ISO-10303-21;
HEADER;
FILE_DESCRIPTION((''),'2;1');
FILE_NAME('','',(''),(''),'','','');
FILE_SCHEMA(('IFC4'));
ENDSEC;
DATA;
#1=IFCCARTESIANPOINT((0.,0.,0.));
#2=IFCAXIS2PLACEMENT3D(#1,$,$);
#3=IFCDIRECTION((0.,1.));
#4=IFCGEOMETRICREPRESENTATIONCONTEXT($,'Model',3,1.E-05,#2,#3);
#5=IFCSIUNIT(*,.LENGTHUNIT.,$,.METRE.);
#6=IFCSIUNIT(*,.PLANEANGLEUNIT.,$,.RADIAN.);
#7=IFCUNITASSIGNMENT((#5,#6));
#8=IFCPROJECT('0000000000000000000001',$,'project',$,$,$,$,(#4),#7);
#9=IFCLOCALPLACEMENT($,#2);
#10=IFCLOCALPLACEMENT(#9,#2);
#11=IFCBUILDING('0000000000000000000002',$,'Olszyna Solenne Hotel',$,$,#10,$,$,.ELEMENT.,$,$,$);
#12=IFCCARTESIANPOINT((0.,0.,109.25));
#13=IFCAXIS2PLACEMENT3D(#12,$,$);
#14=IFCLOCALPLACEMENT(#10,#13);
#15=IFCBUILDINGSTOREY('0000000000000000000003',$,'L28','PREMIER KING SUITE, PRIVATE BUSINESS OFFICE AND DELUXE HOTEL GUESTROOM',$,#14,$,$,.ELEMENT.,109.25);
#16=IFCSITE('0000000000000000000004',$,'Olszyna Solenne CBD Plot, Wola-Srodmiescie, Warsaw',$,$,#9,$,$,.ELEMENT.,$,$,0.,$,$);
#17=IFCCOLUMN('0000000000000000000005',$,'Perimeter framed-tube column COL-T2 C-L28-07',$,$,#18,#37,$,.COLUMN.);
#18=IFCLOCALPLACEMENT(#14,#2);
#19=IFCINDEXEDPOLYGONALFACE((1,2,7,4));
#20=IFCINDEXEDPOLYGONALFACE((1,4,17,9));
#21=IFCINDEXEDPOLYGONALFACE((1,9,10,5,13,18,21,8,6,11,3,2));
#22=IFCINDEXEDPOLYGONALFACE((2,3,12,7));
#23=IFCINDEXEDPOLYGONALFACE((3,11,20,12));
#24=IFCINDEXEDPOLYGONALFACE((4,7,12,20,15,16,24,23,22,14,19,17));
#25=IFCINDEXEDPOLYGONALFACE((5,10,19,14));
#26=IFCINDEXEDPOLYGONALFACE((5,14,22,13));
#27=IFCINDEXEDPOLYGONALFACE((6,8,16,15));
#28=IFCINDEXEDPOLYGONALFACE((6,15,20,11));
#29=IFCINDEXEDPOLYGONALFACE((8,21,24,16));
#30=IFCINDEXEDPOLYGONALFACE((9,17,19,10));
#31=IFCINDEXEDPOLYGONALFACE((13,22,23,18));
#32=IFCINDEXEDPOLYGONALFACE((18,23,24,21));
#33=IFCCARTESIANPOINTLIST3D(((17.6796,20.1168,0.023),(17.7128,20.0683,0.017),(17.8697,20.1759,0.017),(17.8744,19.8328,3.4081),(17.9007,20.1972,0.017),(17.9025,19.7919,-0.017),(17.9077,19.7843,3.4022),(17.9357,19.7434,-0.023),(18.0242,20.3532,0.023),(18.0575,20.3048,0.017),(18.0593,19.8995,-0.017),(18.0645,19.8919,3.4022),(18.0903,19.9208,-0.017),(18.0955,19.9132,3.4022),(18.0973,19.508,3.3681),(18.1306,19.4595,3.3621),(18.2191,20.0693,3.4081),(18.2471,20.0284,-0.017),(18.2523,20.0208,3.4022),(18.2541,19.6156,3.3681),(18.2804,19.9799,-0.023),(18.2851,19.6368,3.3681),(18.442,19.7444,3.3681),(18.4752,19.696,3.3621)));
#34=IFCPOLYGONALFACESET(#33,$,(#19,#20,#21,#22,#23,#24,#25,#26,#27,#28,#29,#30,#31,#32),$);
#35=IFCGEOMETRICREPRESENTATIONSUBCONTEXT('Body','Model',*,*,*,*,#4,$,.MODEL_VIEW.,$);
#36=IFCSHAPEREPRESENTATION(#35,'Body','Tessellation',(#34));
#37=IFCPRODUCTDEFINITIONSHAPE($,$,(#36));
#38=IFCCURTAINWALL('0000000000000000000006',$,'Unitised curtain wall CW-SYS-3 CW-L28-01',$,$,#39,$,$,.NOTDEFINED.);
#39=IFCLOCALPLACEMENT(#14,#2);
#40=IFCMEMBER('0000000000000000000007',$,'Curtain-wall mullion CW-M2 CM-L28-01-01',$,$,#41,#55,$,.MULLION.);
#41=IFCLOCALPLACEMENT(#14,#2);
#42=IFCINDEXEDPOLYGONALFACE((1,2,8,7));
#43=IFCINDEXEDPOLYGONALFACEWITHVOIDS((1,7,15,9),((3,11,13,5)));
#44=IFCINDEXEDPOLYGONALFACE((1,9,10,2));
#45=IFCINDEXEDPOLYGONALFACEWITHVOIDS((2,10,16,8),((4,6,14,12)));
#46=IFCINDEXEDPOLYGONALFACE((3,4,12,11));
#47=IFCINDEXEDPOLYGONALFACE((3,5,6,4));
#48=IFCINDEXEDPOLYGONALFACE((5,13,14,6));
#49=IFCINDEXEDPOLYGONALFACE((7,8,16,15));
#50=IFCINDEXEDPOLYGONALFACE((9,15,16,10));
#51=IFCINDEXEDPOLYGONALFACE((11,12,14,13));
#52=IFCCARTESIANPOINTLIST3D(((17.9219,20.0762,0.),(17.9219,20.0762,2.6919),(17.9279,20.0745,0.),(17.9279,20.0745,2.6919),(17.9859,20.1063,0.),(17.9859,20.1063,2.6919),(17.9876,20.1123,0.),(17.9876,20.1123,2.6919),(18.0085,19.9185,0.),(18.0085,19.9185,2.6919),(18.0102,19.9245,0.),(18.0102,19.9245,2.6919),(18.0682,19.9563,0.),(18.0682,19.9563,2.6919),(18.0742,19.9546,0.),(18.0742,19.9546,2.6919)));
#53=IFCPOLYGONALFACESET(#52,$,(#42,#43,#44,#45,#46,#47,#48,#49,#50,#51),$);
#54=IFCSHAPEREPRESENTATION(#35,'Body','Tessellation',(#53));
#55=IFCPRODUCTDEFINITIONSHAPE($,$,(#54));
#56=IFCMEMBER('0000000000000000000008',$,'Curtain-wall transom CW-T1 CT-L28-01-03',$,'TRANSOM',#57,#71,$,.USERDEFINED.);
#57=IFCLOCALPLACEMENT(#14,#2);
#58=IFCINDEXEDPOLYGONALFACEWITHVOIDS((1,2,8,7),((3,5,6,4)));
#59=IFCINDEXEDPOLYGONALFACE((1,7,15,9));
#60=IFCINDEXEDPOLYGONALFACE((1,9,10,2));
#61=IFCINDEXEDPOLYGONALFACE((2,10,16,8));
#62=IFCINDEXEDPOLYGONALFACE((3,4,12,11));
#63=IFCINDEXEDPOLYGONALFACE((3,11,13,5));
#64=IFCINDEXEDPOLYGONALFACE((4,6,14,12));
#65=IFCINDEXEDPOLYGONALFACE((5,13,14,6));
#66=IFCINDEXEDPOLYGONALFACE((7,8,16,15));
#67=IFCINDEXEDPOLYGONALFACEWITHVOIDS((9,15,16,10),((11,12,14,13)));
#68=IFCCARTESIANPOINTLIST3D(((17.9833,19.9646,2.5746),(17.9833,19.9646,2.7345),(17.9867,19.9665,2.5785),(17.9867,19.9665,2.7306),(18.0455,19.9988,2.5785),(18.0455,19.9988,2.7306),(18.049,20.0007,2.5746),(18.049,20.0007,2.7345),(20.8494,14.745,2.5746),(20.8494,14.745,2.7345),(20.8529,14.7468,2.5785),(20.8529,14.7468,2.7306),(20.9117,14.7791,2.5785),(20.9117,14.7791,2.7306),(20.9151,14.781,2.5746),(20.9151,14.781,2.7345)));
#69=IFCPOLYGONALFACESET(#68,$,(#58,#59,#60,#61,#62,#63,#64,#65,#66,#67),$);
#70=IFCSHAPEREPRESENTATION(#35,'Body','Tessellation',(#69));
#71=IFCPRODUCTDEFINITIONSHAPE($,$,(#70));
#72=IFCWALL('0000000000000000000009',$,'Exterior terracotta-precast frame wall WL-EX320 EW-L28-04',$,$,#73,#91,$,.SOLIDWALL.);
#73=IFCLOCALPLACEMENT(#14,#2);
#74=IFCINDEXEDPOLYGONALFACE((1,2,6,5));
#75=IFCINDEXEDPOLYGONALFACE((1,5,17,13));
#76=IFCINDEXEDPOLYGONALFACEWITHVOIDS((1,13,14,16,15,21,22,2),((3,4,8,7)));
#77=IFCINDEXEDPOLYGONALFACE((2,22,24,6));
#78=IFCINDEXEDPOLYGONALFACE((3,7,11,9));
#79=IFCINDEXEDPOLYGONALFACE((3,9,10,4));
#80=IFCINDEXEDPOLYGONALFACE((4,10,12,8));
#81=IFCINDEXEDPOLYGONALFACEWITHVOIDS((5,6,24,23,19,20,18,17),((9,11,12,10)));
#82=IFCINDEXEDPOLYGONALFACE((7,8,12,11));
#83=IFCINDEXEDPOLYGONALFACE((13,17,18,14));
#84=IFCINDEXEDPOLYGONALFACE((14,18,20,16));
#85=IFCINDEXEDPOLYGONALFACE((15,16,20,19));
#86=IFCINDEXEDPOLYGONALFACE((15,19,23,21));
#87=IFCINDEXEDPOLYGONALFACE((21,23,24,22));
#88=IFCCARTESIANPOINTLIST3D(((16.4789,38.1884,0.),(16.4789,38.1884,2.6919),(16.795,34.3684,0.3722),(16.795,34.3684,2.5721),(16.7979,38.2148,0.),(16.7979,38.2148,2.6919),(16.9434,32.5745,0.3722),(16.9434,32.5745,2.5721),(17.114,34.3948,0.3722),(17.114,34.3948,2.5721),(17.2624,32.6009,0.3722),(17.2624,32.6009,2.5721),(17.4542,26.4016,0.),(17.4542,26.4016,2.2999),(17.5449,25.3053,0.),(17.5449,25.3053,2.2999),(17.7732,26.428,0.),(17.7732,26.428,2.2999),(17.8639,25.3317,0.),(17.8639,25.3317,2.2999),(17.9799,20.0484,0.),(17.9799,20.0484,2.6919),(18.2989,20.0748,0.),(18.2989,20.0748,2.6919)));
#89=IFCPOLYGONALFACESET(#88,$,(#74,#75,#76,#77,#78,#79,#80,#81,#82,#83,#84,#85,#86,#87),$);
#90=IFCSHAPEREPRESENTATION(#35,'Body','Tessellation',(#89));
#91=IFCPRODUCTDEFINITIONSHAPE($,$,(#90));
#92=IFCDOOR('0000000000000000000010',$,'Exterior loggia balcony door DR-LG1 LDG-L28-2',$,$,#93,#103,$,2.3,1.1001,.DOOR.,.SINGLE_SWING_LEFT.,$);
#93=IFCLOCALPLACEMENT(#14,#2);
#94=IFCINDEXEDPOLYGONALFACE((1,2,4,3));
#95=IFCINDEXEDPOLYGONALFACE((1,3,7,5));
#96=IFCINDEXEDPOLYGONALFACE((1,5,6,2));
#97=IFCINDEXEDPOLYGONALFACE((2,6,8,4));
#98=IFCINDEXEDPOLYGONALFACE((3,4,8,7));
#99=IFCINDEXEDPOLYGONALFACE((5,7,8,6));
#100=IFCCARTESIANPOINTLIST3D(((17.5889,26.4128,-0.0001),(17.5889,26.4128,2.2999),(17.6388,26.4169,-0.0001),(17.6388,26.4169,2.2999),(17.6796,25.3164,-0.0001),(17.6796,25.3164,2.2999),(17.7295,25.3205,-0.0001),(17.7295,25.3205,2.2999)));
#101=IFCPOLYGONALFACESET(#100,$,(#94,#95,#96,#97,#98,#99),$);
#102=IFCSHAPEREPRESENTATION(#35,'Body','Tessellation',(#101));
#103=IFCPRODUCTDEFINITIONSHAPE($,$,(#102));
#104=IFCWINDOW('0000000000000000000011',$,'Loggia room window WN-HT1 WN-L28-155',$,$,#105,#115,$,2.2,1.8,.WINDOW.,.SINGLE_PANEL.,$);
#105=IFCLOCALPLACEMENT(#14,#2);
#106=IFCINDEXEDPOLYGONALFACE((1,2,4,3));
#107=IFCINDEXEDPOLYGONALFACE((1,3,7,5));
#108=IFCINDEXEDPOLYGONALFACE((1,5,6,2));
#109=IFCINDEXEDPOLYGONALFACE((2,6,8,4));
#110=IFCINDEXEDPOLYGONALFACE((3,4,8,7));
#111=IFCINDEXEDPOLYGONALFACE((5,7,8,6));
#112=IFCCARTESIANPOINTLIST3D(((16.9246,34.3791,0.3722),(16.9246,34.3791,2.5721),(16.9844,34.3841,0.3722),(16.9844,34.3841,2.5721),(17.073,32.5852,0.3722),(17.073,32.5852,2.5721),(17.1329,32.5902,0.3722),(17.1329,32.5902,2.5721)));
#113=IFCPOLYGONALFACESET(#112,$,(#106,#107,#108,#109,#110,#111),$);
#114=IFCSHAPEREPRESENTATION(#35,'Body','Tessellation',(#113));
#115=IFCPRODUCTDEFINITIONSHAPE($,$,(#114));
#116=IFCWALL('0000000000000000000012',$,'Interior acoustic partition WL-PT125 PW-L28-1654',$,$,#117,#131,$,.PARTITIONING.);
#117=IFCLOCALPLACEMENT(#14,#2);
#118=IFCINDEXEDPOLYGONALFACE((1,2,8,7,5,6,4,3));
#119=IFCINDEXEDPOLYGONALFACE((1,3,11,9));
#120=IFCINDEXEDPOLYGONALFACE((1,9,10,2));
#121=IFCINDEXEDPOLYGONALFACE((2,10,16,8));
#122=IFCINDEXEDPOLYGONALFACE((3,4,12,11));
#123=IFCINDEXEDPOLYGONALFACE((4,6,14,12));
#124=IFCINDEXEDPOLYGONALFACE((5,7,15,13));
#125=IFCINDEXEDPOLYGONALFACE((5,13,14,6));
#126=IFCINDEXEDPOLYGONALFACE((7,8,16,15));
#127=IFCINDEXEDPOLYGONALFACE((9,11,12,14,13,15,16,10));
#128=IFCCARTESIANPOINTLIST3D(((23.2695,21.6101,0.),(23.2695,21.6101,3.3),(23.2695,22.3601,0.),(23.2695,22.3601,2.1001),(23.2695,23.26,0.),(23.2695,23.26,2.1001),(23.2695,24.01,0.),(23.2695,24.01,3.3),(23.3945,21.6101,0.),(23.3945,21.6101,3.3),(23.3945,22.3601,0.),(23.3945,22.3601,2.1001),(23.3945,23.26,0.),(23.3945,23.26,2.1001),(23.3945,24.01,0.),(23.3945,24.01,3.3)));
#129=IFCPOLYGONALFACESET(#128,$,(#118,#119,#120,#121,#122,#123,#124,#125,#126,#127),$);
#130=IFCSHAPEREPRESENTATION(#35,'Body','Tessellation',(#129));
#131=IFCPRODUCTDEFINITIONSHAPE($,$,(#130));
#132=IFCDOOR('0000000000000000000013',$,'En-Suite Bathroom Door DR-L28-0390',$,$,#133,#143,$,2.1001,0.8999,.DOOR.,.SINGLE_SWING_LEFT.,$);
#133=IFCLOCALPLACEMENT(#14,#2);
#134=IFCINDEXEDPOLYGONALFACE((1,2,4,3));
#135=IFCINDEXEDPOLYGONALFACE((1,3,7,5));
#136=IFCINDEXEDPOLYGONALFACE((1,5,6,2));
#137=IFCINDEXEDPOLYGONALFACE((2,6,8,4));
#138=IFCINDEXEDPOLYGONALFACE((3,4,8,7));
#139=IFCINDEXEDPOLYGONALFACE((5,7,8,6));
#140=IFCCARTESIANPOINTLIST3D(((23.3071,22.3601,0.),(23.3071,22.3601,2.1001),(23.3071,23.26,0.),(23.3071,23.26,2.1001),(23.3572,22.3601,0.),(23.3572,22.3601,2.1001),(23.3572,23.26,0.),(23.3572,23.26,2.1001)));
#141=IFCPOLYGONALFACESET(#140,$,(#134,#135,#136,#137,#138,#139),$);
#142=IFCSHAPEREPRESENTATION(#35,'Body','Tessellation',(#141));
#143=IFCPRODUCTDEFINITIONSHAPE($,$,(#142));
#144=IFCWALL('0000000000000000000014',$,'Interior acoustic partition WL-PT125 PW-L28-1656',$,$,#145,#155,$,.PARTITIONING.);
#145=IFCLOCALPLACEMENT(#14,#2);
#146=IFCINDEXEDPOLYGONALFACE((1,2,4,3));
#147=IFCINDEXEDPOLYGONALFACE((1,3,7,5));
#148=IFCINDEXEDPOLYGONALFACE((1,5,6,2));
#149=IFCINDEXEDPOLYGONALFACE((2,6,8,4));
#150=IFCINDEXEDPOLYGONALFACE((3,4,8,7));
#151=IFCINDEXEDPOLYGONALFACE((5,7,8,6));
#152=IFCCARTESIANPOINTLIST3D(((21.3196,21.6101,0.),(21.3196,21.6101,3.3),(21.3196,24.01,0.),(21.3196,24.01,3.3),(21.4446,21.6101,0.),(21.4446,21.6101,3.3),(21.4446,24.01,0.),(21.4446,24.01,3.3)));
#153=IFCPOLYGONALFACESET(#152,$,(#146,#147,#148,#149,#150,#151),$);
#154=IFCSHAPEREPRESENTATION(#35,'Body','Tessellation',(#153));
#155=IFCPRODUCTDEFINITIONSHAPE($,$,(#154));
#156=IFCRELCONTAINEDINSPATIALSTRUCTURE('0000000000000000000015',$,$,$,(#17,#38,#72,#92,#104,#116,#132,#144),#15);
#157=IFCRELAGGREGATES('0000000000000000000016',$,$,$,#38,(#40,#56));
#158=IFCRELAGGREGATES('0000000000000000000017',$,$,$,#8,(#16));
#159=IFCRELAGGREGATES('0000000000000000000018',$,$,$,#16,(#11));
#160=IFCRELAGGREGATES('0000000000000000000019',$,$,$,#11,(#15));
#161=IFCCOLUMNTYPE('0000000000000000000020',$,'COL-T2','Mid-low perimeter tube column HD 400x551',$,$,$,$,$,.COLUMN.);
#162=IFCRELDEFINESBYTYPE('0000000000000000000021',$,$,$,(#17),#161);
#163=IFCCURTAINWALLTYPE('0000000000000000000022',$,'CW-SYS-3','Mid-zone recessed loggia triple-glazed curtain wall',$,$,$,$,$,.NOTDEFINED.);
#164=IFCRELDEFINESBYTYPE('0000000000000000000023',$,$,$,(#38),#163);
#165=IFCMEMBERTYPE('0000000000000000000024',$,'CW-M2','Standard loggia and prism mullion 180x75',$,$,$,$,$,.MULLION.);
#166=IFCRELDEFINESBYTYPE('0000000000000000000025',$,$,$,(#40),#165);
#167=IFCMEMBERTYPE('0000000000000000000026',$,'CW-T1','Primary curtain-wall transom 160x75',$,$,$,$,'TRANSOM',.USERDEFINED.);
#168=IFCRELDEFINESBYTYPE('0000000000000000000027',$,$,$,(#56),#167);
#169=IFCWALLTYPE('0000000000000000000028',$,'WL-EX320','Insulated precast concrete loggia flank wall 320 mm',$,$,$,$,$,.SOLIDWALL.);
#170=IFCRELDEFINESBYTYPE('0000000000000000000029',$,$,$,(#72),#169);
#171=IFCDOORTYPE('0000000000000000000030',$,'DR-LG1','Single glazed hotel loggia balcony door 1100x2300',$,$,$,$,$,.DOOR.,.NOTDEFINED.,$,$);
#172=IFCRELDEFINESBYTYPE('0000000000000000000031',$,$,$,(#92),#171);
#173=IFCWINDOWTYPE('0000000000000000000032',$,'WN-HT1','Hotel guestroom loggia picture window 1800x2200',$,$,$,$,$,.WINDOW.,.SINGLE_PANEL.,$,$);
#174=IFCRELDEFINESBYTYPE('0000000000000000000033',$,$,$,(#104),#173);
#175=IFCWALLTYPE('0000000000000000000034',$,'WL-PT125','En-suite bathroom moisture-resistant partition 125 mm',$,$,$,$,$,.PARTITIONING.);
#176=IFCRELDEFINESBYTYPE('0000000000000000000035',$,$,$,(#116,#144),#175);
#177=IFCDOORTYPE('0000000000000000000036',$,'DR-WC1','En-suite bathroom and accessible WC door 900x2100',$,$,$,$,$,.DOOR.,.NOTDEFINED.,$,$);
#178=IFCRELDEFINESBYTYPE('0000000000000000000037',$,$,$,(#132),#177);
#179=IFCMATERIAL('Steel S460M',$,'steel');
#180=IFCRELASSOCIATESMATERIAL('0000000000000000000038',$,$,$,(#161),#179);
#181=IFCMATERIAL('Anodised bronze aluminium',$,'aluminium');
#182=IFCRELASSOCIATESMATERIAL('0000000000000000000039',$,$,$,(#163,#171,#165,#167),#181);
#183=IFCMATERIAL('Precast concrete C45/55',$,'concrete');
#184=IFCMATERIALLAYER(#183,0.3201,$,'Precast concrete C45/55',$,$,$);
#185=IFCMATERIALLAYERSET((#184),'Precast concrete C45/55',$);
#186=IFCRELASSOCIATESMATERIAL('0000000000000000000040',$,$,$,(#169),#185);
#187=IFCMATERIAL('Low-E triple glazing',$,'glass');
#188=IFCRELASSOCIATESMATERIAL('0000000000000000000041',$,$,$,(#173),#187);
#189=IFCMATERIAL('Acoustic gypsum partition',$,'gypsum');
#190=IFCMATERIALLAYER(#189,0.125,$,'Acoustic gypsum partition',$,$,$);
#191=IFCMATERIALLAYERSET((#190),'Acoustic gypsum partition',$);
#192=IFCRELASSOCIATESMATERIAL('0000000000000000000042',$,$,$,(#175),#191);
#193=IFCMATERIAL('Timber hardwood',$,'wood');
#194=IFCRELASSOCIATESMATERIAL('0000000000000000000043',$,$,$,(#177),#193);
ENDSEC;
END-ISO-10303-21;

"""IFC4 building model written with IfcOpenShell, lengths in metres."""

from ifc_helpers import new_model, si_unit, direction, frame, frame_2d, origin, origin_2d, place, context, subcontext, project, spatial, rectangle, hollow_rectangle, i_section, extrude, source, transform, mapped, material, layer, layer_set, material_profile, profile_set, type_object, type_shapes, element, fill, aggregate, save


model = new_model("IFC4")

# Units and contexts
model_context = context("Model", 3, precision=1e-05, world=origin(), true_north=direction((0.0, 1.0)))
body_context = subcontext(model_context, "Body", "Model", "MODEL_VIEW")
ifc_project = project(units=[si_unit("LENGTHUNIT", "METRE"), si_unit("PLANEANGLEUNIT", "RADIAN")], contexts=[model_context])

# Site, building, storey
site_placement = place(None, origin())
site = spatial("IfcSite", under=ifc_project, at=site_placement, Name="Olszyna Solenne CBD Plot, Wola-Srodmiescie, Warsaw", CompositionType="ELEMENT", RefElevation=0.0)
building_placement = place(site_placement, origin())
building = spatial("IfcBuilding", under=site, at=building_placement, Name="Olszyna Solenne Hotel", CompositionType="ELEMENT")
storey_placement = place(building_placement, frame((0.0, 0.0, 109.25)))
storey = spatial("IfcBuildingStorey", under=building, at=storey_placement, Name="L28", Description="PREMIER KING SUITE, PRIVATE BUSINESS OFFICE AND DELUXE HOTEL GUESTROOM", CompositionType="ELEMENT", Elevation=109.25)

# Column
ifc_material_1 = material(Name="Steel S460M", Category="steel")
ifc_material_profile_1 = material_profile(ifc_material_1, i_section(OverallWidth=0.418, OverallDepth=0.4551, WebThickness=0.0376, FlangeThickness=0.0591, at=origin_2d()), Name="HD 400x551", Category="load-bearing")
ifc_profile_set_1 = profile_set([ifc_material_profile_1], Name="Steel S460M")
column_type = type_object("IfcColumnType", Name="COL-T2", Description="Mid-low perimeter tube column HD 400x551", PredefinedType="COLUMN", material=ifc_profile_set_1)
shared_shape_1 = source(origin(), body_context, "Body", "SweptSolid", [
    extrude(i_section(OverallWidth=0.418, OverallDepth=0.4551, WebThickness=0.0376, FlangeThickness=0.0591, at=origin_2d()), origin(), (0.0, 0.0, 1.0), 3.4026),
])
column_placement = place(storey_placement, frame((17.98, 20.0483, 0.0), z_axis=(0.057259, -0.08345, 0.994866), x_axis=(0.824559, 0.565776, 0.0)))
element("IfcColumn", 1, at=column_placement, inside=storey, type_object=column_type, Name="Perimeter framed-tube column COL-T2 C-L28-07", PredefinedType="COLUMN", context=body_context, shape_type="MappedRepresentation", body=[
    mapped(shared_shape_1, transform((0.0, 0.0, 0.0), x_axis=(1.0, 0.0, 0.0), y_axis=(0.0, 1.0, 0.0), z_axis=(0.0, 0.0, 1.0), scale=1.0)),
])

# Curtain wall, members
ifc_material_2 = material(Name="Anodised bronze aluminium", Category="aluminium")
curtain_wall_type = type_object("IfcCurtainWallType", Name="CW-SYS-3", Description="Mid-zone recessed loggia triple-glazed curtain wall", PredefinedType="NOTDEFINED", material=ifc_material_2)
curtain_wall_placement = place(storey_placement, origin())
curtain_wall = element("IfcCurtainWall", 2, at=curtain_wall_placement, inside=storey, type_object=curtain_wall_type, Name="Unitised curtain wall CW-SYS-3 CW-L28-01", PredefinedType="NOTDEFINED")
ifc_material_profile_2 = material_profile(ifc_material_2, hollow_rectangle(XDim=0.075, YDim=0.1799, WallThickness=0.0044, at=origin_2d()), Name="MULL 180x75x4.5", Category="load-bearing")
ifc_profile_set_2 = profile_set([ifc_material_profile_2], Name="Anodised bronze aluminium")
member_type_1 = type_object("IfcMemberType", Name="CW-M2", Description="Standard loggia and prism mullion 180x75", PredefinedType="MULLION", material=ifc_profile_set_2)
shared_shape_2 = source(origin(), body_context, "Body", "SweptSolid", [
    extrude(hollow_rectangle(XDim=0.075, YDim=0.1799, WallThickness=0.0044, at=origin_2d()), origin(), (0.0, 0.0, 1.0), 2.6919),
])
member_1_placement = place(storey_placement, frame((17.998, 20.0154, 0.0), z_axis=(0.0, 0.0, 1.0), x_axis=(0.876535, 0.481338, 0.0)))
member_1 = element("IfcMember", 3, at=member_1_placement, type_object=member_type_1, Name="Curtain-wall mullion CW-M2 CM-L28-01-01", PredefinedType="MULLION", context=body_context, shape_type="MappedRepresentation", body=[
    mapped(shared_shape_2, transform((0.0, 0.0, 0.0), x_axis=(1.0, 0.0, 0.0), y_axis=(0.0, 1.0, 0.0), z_axis=(0.0, 0.0, 1.0), scale=1.0)),
])
ifc_material_profile_3 = material_profile(ifc_material_2, hollow_rectangle(XDim=0.075, YDim=0.1599, WallThickness=0.0039, at=origin_2d()), Name="TRAN 160x75x4", Category="load-bearing")
ifc_profile_set_3 = profile_set([ifc_material_profile_3], Name="Anodised bronze aluminium")
member_type_2 = type_object("IfcMemberType", Name="CW-T1", Description="Primary curtain-wall transom 160x75", ElementType="TRANSOM", PredefinedType="USERDEFINED", material=ifc_profile_set_3)
shared_shape_3 = source(origin(), body_context, "Body", "SweptSolid", [
    extrude(hollow_rectangle(XDim=0.075, YDim=0.1599, WallThickness=0.0039, at=origin_2d()), origin(), (0.0, 0.0, 1.0), 5.9548),
])
member_2_placement = place(storey_placement, frame((18.0161, 19.9827, 2.6545), z_axis=(0.481321, -0.876545, 0.0), x_axis=(0.876545, 0.481321, 0.0)))
member_2 = element("IfcMember", 4, at=member_2_placement, type_object=member_type_2, Name="Curtain-wall transom CW-T1 CT-L28-01-03", ObjectType="TRANSOM", PredefinedType="USERDEFINED", context=body_context, shape_type="MappedRepresentation", body=[
    mapped(shared_shape_3, transform((0.0, 0.0, 0.0), x_axis=(1.0, 0.0, 0.0), y_axis=(0.0, 1.0, 0.0), z_axis=(0.0, 0.0, 1.0), scale=1.0)),
])
aggregate(curtain_wall, [member_1, member_2])

# Wall, openings, door, window
ifc_material_3 = material(Name="Precast concrete C45/55", Category="concrete")
ifc_layer_1 = layer(ifc_material_3, 0.3201, Name="Precast concrete C45/55")
ifc_layer_set_1 = layer_set([ifc_layer_1], Name="Precast concrete C45/55")
wall_type_1 = type_object("IfcWallType", Name="WL-EX320", Description="Insulated precast concrete loggia flank wall 320 mm", PredefinedType="SOLIDWALL", material=ifc_layer_set_1)
wall_1_placement = place(storey_placement, frame((18.1394, 20.0615, 0.0), z_axis=(0.0, 0.0, 1.0), x_axis=(-0.082463, 0.996594, 0.0)))
wall_1 = element("IfcWall", 5, at=wall_1_placement, inside=storey, type_object=wall_type_1, Name="Exterior terracotta-precast frame wall WL-EX320 EW-L28-04", PredefinedType="SOLIDWALL", context=body_context, shape_type="SweptSolid", body=[
    extrude(rectangle(XDim=18.2019, YDim=0.3201, at=frame_2d((9.1011, 0.0))), origin(), (0.0, 0.0, 1.0), 2.6919),
])
opening_1_placement = place(wall_1_placement, frame((5.2749, 0.0, 0.0)))
opening_1 = element("IfcOpeningElement", 6, at=opening_1_placement, cuts=wall_1, PredefinedType="OPENING", context=body_context, shape_type="SweptSolid", body=[
    extrude(rectangle(XDim=1.1001, YDim=2.3, at=frame_2d((0.55, 1.1499))), frame((0.0, 0.1699, 0.0), z_axis=(0.0, -1.0, 0.0), x_axis=(1.0, 0.0, 0.0)), (0.0, 0.0, 1.0), 0.3401),
])
opening_2_placement = place(wall_1_placement, frame((12.5691, 0.0, 0.3721)))
opening_2 = element("IfcOpeningElement", 7, at=opening_2_placement, cuts=wall_1, PredefinedType="OPENING", context=body_context, shape_type="SweptSolid", body=[
    extrude(rectangle(XDim=1.8, YDim=2.2, at=frame_2d((0.8999, 1.1001))), frame((0.0, 0.1699, 0.0), z_axis=(0.0, -1.0, 0.0), x_axis=(1.0, 0.0, 0.0)), (0.0, 0.0, 1.0), 0.3401),
])
door_type_1 = type_object("IfcDoorType", Name="DR-LG1", Description="Single glazed hotel loggia balcony door 1100x2300", OperationType="NOTDEFINED", PredefinedType="DOOR", material=ifc_material_2)
shared_shape_4 = source(origin(), body_context, "Body", "SweptSolid", [
    extrude(rectangle(XDim=1.1001, YDim=2.3, at=frame_2d((0.55, 1.1499))), frame((0.0, 0.0249, 0.0), z_axis=(0.0, -1.0, 0.0), x_axis=(1.0, 0.0, 0.0)), (0.0, 0.0, 1.0), 0.05),
])
type_shapes(door_type_1, [shared_shape_4])
door_1_placement = place(opening_1_placement, origin())
door_1 = element("IfcDoor", 8, at=door_1_placement, inside=storey, type_object=door_type_1, Name="Exterior loggia balcony door DR-LG1 LDG-L28-2", OperationType="SINGLE_SWING_LEFT", OverallHeight=2.3, OverallWidth=1.1001, PredefinedType="DOOR", context=body_context, shape_type="MappedRepresentation", body=[
    mapped(shared_shape_4, transform((0.0, 0.0, 0.0), x_axis=(1.0, 0.0, 0.0), y_axis=(0.0, 1.0, 0.0), z_axis=(0.0, 0.0, 1.0), scale=1.0)),
])
fill(opening_1, door_1)
ifc_material_4 = material(Name="Low-E triple glazing", Category="glass")
window_type = type_object("IfcWindowType", Name="WN-HT1", Description="Hotel guestroom loggia picture window 1800x2200", PartitioningType="SINGLE_PANEL", PredefinedType="WINDOW", material=ifc_material_4)
shared_shape_5 = source(origin(), body_context, "Body", "SweptSolid", [
    extrude(rectangle(XDim=1.8, YDim=2.2, at=frame_2d((0.8999, 1.1001))), frame((0.0, 0.03, 0.0), z_axis=(0.0, -1.0, 0.0), x_axis=(1.0, 0.0, 0.0)), (0.0, 0.0, 1.0), 0.0601),
])
type_shapes(window_type, [shared_shape_5])
window_placement = place(opening_2_placement, origin())
window = element("IfcWindow", 9, at=window_placement, inside=storey, type_object=window_type, Name="Loggia room window WN-HT1 WN-L28-155", OverallHeight=2.2, OverallWidth=1.8, PartitioningType="SINGLE_PANEL", PredefinedType="WINDOW", context=body_context, shape_type="MappedRepresentation", body=[
    mapped(shared_shape_5, transform((0.0, 0.0, 0.0), x_axis=(1.0, 0.0, 0.0), y_axis=(0.0, 1.0, 0.0), z_axis=(0.0, 0.0, 1.0), scale=1.0)),
])
fill(opening_2, window)

# Wall, opening, door
ifc_material_5 = material(Name="Acoustic gypsum partition", Category="gypsum")
ifc_layer_2 = layer(ifc_material_5, 0.125, Name="Acoustic gypsum partition")
ifc_layer_set_2 = layer_set([ifc_layer_2], Name="Acoustic gypsum partition")
wall_type_2 = type_object("IfcWallType", Name="WL-PT125", Description="En-suite bathroom moisture-resistant partition 125 mm", PredefinedType="PARTITIONING", material=ifc_layer_set_2)
wall_2_placement = place(storey_placement, frame((23.332, 21.6101, 0.0), z_axis=(0.0, 0.0, 1.0), x_axis=(0.0, 1.0, 0.0)))
wall_2 = element("IfcWall", 10, at=wall_2_placement, inside=storey, type_object=wall_type_2, Name="Interior acoustic partition WL-PT125 PW-L28-1654", PredefinedType="PARTITIONING", context=body_context, shape_type="SweptSolid", body=[
    extrude(rectangle(XDim=2.3999, YDim=0.125, at=frame_2d((1.2, 0.0))), origin(), (0.0, 0.0, 1.0), 3.3),
])
opening_3_placement = place(wall_2_placement, frame((0.75, 0.0, 0.0)))
opening_3 = element("IfcOpeningElement", 11, at=opening_3_placement, cuts=wall_2, PredefinedType="OPENING", context=body_context, shape_type="SweptSolid", body=[
    extrude(rectangle(XDim=0.8999, YDim=2.1001, at=frame_2d((0.45, 1.05))), frame((0.0, 0.0725, 0.0), z_axis=(0.0, -1.0, 0.0), x_axis=(1.0, 0.0, 0.0)), (0.0, 0.0, 1.0), 0.145),
])
ifc_material_6 = material(Name="Timber hardwood", Category="wood")
door_type_2 = type_object("IfcDoorType", Name="DR-WC1", Description="En-suite bathroom and accessible WC door 900x2100", OperationType="NOTDEFINED", PredefinedType="DOOR", material=ifc_material_6)
shared_shape_6 = source(origin(), body_context, "Body", "SweptSolid", [
    extrude(rectangle(XDim=0.8999, YDim=2.1001, at=frame_2d((0.45, 1.05))), frame((0.0, 0.0249, 0.0), z_axis=(0.0, -1.0, 0.0), x_axis=(1.0, 0.0, 0.0)), (0.0, 0.0, 1.0), 0.05),
])
type_shapes(door_type_2, [shared_shape_6])
door_2_placement = place(opening_3_placement, origin())
door_2 = element("IfcDoor", 12, at=door_2_placement, inside=storey, type_object=door_type_2, Name="En-Suite Bathroom Door DR-L28-0390", OperationType="SINGLE_SWING_LEFT", OverallHeight=2.1001, OverallWidth=0.8999, PredefinedType="DOOR", context=body_context, shape_type="MappedRepresentation", body=[
    mapped(shared_shape_6, transform((0.0, 0.0, 0.0), x_axis=(1.0, 0.0, 0.0), y_axis=(0.0, 1.0, 0.0), z_axis=(0.0, 0.0, 1.0), scale=1.0)),
])
fill(opening_3, door_2)

# Wall
wall_3_placement = place(storey_placement, frame((21.3821, 24.01, 0.0), z_axis=(0.0, 0.0, 1.0), x_axis=(0.0, -1.0, 0.0)))
element("IfcWall", 13, at=wall_3_placement, inside=storey, type_object=wall_type_2, Name="Interior acoustic partition WL-PT125 PW-L28-1656", PredefinedType="PARTITIONING", context=body_context, shape_type="SweptSolid", body=[
    extrude(rectangle(XDim=2.3999, YDim=0.125, at=frame_2d((1.2, 0.0))), origin(), (0.0, 0.0, 1.0), 3.3),
])

save(model, "model.ifc")
